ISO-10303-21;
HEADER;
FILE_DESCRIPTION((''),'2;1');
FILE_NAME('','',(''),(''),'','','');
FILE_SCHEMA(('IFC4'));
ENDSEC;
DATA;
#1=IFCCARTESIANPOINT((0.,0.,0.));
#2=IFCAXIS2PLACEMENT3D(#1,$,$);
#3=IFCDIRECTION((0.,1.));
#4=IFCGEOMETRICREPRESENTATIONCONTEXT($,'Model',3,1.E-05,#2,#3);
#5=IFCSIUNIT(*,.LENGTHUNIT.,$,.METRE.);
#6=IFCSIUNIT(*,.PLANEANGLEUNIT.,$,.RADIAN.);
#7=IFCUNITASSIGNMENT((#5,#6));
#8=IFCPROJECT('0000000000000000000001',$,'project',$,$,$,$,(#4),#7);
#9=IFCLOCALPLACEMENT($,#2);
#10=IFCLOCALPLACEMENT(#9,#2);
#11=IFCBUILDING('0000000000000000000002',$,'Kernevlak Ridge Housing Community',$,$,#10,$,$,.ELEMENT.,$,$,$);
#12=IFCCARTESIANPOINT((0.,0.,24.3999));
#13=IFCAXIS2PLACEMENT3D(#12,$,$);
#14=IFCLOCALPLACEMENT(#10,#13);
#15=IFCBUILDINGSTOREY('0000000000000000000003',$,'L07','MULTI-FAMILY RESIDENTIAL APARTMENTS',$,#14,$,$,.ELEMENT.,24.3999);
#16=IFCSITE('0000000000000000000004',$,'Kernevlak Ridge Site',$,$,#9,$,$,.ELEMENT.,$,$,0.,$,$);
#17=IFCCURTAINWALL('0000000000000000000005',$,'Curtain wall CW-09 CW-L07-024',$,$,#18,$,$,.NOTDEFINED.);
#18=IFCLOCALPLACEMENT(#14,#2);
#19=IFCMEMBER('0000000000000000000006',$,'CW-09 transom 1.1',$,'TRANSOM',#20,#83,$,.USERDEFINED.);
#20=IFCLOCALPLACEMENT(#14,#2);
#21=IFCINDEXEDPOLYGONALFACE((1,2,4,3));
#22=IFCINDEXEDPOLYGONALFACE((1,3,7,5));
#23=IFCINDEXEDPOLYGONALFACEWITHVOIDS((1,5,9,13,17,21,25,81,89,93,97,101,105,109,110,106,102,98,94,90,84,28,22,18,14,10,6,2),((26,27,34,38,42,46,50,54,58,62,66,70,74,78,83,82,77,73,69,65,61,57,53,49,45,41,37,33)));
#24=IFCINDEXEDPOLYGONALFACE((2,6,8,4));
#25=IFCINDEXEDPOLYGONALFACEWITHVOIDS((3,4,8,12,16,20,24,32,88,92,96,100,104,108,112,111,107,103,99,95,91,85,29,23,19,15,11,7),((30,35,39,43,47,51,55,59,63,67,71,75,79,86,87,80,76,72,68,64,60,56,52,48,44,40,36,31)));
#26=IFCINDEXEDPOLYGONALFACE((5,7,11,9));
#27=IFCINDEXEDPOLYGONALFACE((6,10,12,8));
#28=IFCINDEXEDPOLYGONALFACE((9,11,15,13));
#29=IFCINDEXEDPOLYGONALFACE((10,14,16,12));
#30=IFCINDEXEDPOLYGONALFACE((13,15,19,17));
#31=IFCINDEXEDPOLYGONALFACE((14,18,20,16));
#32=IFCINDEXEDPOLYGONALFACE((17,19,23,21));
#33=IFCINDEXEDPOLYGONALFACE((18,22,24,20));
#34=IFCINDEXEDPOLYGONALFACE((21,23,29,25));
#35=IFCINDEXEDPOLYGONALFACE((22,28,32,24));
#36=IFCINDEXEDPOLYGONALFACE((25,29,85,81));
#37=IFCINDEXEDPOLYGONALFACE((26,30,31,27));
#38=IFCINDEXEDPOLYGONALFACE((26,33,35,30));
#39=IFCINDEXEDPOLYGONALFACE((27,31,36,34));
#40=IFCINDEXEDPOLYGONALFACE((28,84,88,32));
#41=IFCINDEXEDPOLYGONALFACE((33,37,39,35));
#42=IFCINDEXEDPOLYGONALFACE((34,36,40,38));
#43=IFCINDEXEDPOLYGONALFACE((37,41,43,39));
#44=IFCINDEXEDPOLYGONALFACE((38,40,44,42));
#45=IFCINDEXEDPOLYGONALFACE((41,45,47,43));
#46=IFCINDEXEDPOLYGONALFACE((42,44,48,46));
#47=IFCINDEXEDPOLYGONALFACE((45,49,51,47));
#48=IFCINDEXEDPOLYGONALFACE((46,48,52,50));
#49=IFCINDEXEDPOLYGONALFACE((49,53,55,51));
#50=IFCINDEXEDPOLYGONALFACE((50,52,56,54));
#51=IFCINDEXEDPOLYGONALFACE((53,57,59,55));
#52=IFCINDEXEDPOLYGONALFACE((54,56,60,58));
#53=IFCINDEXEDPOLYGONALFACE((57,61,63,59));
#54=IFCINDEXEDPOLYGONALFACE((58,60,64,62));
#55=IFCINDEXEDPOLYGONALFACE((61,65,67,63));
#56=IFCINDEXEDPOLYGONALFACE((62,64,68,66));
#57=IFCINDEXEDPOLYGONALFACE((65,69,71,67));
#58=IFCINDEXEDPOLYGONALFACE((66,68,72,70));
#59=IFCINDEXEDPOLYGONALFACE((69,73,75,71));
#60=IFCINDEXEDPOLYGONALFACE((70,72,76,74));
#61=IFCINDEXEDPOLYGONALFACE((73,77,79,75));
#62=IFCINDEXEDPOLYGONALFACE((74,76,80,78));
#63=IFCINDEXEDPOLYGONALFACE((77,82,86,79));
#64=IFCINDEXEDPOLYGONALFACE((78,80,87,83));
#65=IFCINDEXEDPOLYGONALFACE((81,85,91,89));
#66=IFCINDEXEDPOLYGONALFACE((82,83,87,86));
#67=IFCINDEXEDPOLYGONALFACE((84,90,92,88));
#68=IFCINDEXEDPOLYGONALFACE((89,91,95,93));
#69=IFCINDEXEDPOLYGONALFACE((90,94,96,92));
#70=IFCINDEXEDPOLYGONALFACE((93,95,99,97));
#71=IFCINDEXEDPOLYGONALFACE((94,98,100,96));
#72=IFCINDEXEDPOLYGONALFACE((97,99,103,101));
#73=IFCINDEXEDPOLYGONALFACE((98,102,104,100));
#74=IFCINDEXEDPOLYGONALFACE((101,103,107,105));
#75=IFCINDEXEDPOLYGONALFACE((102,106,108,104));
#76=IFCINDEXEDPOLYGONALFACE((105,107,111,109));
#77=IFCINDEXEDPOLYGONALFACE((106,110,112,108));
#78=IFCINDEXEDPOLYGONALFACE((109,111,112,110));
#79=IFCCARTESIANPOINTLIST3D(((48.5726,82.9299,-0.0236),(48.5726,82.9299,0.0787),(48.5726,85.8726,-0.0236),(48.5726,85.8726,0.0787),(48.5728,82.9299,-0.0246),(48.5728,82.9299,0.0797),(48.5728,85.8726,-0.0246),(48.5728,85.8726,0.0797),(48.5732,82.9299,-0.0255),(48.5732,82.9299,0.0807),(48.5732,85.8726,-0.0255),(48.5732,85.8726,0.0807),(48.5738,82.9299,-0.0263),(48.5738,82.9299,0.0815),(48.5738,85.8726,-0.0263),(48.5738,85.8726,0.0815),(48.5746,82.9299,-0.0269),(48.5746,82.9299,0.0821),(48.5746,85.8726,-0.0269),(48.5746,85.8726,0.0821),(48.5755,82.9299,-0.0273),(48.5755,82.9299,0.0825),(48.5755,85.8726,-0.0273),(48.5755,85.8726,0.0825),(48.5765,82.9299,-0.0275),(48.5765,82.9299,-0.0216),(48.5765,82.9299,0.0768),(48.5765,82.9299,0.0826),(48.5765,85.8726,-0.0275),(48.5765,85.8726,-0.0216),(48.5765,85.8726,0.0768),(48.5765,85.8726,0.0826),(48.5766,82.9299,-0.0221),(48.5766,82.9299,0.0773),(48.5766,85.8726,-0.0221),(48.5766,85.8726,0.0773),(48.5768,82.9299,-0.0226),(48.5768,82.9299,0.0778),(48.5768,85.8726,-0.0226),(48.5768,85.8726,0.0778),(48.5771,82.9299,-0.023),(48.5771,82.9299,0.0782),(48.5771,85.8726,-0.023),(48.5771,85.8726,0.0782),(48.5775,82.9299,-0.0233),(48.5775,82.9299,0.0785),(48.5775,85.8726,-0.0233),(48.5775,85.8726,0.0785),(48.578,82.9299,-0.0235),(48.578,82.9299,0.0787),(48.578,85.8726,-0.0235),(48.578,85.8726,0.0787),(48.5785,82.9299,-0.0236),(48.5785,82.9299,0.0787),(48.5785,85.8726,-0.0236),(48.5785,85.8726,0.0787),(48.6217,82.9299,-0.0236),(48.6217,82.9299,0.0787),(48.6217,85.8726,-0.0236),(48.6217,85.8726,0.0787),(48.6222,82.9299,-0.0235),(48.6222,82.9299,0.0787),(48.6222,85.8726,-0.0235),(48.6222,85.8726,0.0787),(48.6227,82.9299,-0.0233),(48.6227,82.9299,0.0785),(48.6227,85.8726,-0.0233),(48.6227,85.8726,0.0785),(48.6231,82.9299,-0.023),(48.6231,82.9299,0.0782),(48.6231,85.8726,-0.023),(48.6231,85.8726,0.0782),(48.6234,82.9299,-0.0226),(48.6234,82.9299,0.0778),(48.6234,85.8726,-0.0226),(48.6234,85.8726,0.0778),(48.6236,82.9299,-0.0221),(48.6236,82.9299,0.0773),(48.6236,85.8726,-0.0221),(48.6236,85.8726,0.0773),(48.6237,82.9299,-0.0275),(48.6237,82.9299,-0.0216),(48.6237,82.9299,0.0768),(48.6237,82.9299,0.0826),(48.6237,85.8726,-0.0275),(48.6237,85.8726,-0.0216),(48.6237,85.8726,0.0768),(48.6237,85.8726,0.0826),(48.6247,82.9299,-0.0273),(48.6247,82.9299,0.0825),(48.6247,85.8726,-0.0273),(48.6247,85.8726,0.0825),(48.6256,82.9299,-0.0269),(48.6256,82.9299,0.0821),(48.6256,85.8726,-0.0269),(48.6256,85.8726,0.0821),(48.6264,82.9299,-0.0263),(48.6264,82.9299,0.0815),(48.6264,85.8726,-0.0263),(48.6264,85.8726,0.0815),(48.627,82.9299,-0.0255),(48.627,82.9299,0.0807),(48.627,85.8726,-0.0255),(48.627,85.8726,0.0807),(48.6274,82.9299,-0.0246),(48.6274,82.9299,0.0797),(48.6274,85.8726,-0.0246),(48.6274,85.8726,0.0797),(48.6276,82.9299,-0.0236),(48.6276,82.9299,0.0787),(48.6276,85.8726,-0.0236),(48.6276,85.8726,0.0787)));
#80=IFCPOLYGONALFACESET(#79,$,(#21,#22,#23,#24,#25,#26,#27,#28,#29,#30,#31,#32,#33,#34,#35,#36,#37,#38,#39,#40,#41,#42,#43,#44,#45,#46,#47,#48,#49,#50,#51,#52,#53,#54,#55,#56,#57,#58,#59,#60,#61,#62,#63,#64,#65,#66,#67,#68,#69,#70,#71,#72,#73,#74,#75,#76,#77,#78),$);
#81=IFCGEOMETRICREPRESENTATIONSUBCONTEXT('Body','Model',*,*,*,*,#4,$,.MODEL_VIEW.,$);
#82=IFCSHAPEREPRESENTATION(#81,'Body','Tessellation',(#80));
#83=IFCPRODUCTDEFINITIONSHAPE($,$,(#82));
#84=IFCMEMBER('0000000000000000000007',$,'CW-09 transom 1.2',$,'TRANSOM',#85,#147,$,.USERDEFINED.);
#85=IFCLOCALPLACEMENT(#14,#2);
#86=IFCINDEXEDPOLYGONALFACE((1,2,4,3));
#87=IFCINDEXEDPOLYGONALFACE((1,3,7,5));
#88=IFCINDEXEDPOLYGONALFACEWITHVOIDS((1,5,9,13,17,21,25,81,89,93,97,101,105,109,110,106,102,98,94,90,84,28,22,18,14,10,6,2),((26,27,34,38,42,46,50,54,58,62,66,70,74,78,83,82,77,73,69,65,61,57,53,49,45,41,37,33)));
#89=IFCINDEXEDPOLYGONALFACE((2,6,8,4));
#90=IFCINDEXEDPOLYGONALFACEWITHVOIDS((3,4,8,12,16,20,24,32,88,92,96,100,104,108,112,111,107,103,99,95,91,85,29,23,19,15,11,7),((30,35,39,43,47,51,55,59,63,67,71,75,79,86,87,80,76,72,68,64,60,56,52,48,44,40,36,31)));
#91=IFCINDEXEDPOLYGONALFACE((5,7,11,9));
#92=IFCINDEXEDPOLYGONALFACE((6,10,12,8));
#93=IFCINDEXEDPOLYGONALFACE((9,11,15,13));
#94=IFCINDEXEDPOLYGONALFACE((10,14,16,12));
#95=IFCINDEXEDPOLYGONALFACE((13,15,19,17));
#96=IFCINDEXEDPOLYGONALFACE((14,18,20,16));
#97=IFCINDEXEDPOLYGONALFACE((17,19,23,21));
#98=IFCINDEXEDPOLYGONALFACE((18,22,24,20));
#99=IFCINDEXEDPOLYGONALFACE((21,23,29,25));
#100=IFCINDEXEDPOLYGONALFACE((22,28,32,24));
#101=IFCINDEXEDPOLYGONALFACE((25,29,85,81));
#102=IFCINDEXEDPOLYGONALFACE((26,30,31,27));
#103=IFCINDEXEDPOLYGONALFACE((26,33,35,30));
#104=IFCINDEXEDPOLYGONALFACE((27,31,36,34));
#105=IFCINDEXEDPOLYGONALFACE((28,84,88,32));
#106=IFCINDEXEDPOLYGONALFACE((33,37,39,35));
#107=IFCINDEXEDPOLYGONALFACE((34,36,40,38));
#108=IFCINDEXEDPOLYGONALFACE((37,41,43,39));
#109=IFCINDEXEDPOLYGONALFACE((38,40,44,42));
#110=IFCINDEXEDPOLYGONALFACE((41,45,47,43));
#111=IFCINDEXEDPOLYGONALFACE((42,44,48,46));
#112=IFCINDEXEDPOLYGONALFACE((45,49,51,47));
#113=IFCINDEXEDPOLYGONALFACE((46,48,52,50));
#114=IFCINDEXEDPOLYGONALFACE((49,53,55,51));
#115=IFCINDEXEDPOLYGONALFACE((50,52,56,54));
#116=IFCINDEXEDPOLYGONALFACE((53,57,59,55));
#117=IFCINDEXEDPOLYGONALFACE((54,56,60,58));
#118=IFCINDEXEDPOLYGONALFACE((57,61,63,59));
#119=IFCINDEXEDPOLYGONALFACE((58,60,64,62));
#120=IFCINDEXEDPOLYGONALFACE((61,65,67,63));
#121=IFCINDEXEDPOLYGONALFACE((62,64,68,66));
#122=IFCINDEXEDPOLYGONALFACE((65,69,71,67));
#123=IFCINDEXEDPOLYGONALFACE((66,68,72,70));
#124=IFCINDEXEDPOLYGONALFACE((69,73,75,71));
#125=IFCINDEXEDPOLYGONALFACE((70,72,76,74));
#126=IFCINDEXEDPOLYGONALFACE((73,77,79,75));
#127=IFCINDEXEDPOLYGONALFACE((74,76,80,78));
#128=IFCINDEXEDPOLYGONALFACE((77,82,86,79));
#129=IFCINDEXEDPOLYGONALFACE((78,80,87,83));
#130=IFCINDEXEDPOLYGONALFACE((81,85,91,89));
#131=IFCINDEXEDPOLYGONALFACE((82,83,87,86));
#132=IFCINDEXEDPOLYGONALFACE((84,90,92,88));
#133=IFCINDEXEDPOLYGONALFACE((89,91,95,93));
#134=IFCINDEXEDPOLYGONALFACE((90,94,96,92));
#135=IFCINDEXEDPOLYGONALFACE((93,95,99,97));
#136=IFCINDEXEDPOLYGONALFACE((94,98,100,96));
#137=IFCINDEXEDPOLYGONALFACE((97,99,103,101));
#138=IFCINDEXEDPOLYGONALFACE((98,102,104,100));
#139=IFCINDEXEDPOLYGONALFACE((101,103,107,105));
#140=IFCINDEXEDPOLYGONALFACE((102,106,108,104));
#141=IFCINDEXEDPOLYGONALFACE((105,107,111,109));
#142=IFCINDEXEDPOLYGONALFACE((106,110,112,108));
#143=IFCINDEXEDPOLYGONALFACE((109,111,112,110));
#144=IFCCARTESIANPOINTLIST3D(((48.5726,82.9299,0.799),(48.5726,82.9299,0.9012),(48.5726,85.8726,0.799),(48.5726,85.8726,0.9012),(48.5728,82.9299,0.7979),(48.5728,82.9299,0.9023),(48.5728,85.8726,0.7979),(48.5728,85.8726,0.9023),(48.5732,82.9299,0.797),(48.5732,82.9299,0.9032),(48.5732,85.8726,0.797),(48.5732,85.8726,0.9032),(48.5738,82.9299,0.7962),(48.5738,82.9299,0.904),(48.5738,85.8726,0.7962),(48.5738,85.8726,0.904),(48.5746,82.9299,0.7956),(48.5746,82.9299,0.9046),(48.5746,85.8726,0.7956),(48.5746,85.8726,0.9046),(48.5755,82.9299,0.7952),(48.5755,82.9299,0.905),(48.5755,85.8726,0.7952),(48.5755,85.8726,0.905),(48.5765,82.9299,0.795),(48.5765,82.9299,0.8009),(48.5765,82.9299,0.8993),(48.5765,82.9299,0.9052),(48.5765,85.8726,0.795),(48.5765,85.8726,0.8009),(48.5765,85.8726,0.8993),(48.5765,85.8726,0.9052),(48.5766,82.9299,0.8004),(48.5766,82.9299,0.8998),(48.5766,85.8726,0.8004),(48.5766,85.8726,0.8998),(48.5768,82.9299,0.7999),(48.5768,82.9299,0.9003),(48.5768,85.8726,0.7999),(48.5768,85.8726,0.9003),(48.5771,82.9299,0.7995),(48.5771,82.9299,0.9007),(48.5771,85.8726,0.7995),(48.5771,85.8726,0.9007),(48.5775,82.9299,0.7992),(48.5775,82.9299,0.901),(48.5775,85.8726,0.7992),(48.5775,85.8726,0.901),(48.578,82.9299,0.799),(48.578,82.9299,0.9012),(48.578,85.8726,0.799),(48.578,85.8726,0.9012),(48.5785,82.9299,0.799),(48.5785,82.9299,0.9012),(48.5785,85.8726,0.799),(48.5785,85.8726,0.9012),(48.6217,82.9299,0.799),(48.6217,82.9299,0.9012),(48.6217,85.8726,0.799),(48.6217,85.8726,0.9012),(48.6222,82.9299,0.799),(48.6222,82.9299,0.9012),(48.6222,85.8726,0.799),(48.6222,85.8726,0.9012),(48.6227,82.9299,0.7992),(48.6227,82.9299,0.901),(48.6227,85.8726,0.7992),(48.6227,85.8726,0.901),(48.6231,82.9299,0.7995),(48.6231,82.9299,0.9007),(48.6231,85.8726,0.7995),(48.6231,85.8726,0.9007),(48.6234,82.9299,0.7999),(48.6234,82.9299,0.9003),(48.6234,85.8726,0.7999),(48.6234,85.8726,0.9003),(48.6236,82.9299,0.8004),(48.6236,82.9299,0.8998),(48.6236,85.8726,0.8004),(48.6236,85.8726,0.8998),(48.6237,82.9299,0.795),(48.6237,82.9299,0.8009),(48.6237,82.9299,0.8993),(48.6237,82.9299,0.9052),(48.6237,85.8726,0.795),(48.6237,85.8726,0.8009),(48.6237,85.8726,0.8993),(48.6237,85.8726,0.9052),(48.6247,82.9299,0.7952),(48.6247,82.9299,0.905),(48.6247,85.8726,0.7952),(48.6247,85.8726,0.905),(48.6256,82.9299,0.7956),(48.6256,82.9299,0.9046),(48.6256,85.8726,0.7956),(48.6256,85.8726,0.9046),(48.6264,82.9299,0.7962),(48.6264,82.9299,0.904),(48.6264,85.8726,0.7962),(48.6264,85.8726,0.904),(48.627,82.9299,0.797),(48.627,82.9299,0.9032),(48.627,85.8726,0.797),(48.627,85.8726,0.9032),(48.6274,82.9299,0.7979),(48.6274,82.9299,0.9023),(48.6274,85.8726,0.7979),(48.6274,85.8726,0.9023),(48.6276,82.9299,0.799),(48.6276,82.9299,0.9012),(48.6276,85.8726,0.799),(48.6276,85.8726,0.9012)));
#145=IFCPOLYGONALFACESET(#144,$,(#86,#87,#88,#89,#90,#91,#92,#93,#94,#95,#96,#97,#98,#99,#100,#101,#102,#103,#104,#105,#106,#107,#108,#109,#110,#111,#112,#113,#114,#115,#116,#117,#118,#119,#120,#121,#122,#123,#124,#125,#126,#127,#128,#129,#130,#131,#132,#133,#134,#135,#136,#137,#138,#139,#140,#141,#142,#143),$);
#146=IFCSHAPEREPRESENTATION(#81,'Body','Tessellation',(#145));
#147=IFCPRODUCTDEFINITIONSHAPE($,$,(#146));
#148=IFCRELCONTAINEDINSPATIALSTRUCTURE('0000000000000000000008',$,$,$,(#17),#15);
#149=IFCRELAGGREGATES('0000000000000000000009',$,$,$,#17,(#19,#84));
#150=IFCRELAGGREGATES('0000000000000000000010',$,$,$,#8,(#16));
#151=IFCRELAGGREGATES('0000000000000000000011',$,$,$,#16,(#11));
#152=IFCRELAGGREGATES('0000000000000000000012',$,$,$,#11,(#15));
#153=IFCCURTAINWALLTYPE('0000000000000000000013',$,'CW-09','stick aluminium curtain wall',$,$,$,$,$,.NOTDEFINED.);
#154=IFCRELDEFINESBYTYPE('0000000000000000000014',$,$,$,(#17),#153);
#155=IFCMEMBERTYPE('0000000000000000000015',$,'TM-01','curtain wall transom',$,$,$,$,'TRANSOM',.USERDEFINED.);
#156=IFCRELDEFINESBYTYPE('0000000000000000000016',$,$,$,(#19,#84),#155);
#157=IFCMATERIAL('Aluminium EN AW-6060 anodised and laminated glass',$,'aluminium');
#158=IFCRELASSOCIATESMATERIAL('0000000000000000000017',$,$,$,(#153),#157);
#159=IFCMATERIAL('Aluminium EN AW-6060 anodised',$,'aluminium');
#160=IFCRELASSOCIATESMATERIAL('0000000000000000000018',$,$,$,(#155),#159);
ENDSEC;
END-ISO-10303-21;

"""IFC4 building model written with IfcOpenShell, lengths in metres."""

from ifc_helpers import new_model, si_unit, direction, frame, origin, origin_2d, place, context, subcontext, project, spatial, hollow_rectangle, extrude, material, material_profile, profile_set, type_object, element, aggregate, save


model = new_model("IFC4")

# Units and contexts
model_context = context("Model", 3, precision=1e-05, world=origin(), true_north=direction((0.0, 1.0)))
body_context = subcontext(model_context, "Body", "Model", "MODEL_VIEW")
ifc_project = project(units=[si_unit("LENGTHUNIT", "METRE"), si_unit("PLANEANGLEUNIT", "RADIAN")], contexts=[model_context])

# Site, building, storey
site_placement = place(None, origin())
site = spatial("IfcSite", under=ifc_project, at=site_placement, Name="Kernevlak Ridge Site", CompositionType="ELEMENT", RefElevation=0.0)
building_placement = place(site_placement, origin())
building = spatial("IfcBuilding", under=site, at=building_placement, Name="Kernevlak Ridge Housing Community", CompositionType="ELEMENT")
storey_placement = place(building_placement, frame((0.0, 0.0, 24.3999)))
storey = spatial("IfcBuildingStorey", under=building, at=storey_placement, Name="L07", Description="MULTI-FAMILY RESIDENTIAL APARTMENTS", CompositionType="ELEMENT", Elevation=24.3999)

# Curtain wall
ifc_material_1 = material(Name="Aluminium EN AW-6060 anodised and laminated glass", Category="aluminium")
curtain_wall_type = type_object("IfcCurtainWallType", Name="CW-09", Description="stick aluminium curtain wall", PredefinedType="NOTDEFINED", material=ifc_material_1)
curtain_wall_placement = place(storey_placement, origin())
curtain_wall = element("IfcCurtainWall", 1, at=curtain_wall_placement, inside=storey, type_object=curtain_wall_type, Name="Curtain wall CW-09 CW-L07-024", PredefinedType="NOTDEFINED")
ifc_material_2 = material(Name="Aluminium EN AW-6060 anodised", Category="aluminium")

# Members
ifc_material_profile_1 = material_profile(ifc_material_2, hollow_rectangle(XDim=0.0549, YDim=0.1101, WallThickness=0.0039, InnerFilletRadius=0.002, OuterFilletRadius=0.0039, at=origin_2d()), Name="ALU 55x110x4")
ifc_profile_set_1 = profile_set([ifc_material_profile_1], Name="Aluminium EN AW-6060 anodised")
member_type_1 = type_object("IfcMemberType", Name="TM-01", Description="curtain wall transom", ElementType="TRANSOM", PredefinedType="USERDEFINED", material=ifc_profile_set_1)
member_1_placement = place(storey_placement, frame((48.6001, 82.9299, 0.0276), z_axis=(0.0, 1.0, 0.0), x_axis=(-1.0, 0.0, 0.0)))
member_1 = element("IfcMember", 2, at=member_1_placement, type_object=member_type_1, Name="CW-09 transom 1.1", ObjectType="TRANSOM", PredefinedType="USERDEFINED", context=body_context, shape_type="SweptSolid", body=[
    extrude(hollow_rectangle(XDim=0.0549, YDim=0.1101, WallThickness=0.0039, InnerFilletRadius=0.002, OuterFilletRadius=0.0039, at=origin_2d()), origin(), (0.0, 0.0, 1.0), 2.9426),
])
member_2_placement = place(storey_placement, frame((48.6001, 82.9299, 0.8501), z_axis=(0.0, 1.0, 0.0), x_axis=(-1.0, 0.0, 0.0)))
member_2 = element("IfcMember", 3, at=member_2_placement, type_object=member_type_1, Name="CW-09 transom 1.2", ObjectType="TRANSOM", PredefinedType="USERDEFINED", context=body_context, shape_type="SweptSolid", body=[
    extrude(hollow_rectangle(XDim=0.0549, YDim=0.1101, WallThickness=0.0039, InnerFilletRadius=0.002, OuterFilletRadius=0.0039, at=origin_2d()), origin(), (0.0, 0.0, 1.0), 2.9426),
])
aggregate(curtain_wall, [member_1, member_2])

save(model, "model.ifc")
